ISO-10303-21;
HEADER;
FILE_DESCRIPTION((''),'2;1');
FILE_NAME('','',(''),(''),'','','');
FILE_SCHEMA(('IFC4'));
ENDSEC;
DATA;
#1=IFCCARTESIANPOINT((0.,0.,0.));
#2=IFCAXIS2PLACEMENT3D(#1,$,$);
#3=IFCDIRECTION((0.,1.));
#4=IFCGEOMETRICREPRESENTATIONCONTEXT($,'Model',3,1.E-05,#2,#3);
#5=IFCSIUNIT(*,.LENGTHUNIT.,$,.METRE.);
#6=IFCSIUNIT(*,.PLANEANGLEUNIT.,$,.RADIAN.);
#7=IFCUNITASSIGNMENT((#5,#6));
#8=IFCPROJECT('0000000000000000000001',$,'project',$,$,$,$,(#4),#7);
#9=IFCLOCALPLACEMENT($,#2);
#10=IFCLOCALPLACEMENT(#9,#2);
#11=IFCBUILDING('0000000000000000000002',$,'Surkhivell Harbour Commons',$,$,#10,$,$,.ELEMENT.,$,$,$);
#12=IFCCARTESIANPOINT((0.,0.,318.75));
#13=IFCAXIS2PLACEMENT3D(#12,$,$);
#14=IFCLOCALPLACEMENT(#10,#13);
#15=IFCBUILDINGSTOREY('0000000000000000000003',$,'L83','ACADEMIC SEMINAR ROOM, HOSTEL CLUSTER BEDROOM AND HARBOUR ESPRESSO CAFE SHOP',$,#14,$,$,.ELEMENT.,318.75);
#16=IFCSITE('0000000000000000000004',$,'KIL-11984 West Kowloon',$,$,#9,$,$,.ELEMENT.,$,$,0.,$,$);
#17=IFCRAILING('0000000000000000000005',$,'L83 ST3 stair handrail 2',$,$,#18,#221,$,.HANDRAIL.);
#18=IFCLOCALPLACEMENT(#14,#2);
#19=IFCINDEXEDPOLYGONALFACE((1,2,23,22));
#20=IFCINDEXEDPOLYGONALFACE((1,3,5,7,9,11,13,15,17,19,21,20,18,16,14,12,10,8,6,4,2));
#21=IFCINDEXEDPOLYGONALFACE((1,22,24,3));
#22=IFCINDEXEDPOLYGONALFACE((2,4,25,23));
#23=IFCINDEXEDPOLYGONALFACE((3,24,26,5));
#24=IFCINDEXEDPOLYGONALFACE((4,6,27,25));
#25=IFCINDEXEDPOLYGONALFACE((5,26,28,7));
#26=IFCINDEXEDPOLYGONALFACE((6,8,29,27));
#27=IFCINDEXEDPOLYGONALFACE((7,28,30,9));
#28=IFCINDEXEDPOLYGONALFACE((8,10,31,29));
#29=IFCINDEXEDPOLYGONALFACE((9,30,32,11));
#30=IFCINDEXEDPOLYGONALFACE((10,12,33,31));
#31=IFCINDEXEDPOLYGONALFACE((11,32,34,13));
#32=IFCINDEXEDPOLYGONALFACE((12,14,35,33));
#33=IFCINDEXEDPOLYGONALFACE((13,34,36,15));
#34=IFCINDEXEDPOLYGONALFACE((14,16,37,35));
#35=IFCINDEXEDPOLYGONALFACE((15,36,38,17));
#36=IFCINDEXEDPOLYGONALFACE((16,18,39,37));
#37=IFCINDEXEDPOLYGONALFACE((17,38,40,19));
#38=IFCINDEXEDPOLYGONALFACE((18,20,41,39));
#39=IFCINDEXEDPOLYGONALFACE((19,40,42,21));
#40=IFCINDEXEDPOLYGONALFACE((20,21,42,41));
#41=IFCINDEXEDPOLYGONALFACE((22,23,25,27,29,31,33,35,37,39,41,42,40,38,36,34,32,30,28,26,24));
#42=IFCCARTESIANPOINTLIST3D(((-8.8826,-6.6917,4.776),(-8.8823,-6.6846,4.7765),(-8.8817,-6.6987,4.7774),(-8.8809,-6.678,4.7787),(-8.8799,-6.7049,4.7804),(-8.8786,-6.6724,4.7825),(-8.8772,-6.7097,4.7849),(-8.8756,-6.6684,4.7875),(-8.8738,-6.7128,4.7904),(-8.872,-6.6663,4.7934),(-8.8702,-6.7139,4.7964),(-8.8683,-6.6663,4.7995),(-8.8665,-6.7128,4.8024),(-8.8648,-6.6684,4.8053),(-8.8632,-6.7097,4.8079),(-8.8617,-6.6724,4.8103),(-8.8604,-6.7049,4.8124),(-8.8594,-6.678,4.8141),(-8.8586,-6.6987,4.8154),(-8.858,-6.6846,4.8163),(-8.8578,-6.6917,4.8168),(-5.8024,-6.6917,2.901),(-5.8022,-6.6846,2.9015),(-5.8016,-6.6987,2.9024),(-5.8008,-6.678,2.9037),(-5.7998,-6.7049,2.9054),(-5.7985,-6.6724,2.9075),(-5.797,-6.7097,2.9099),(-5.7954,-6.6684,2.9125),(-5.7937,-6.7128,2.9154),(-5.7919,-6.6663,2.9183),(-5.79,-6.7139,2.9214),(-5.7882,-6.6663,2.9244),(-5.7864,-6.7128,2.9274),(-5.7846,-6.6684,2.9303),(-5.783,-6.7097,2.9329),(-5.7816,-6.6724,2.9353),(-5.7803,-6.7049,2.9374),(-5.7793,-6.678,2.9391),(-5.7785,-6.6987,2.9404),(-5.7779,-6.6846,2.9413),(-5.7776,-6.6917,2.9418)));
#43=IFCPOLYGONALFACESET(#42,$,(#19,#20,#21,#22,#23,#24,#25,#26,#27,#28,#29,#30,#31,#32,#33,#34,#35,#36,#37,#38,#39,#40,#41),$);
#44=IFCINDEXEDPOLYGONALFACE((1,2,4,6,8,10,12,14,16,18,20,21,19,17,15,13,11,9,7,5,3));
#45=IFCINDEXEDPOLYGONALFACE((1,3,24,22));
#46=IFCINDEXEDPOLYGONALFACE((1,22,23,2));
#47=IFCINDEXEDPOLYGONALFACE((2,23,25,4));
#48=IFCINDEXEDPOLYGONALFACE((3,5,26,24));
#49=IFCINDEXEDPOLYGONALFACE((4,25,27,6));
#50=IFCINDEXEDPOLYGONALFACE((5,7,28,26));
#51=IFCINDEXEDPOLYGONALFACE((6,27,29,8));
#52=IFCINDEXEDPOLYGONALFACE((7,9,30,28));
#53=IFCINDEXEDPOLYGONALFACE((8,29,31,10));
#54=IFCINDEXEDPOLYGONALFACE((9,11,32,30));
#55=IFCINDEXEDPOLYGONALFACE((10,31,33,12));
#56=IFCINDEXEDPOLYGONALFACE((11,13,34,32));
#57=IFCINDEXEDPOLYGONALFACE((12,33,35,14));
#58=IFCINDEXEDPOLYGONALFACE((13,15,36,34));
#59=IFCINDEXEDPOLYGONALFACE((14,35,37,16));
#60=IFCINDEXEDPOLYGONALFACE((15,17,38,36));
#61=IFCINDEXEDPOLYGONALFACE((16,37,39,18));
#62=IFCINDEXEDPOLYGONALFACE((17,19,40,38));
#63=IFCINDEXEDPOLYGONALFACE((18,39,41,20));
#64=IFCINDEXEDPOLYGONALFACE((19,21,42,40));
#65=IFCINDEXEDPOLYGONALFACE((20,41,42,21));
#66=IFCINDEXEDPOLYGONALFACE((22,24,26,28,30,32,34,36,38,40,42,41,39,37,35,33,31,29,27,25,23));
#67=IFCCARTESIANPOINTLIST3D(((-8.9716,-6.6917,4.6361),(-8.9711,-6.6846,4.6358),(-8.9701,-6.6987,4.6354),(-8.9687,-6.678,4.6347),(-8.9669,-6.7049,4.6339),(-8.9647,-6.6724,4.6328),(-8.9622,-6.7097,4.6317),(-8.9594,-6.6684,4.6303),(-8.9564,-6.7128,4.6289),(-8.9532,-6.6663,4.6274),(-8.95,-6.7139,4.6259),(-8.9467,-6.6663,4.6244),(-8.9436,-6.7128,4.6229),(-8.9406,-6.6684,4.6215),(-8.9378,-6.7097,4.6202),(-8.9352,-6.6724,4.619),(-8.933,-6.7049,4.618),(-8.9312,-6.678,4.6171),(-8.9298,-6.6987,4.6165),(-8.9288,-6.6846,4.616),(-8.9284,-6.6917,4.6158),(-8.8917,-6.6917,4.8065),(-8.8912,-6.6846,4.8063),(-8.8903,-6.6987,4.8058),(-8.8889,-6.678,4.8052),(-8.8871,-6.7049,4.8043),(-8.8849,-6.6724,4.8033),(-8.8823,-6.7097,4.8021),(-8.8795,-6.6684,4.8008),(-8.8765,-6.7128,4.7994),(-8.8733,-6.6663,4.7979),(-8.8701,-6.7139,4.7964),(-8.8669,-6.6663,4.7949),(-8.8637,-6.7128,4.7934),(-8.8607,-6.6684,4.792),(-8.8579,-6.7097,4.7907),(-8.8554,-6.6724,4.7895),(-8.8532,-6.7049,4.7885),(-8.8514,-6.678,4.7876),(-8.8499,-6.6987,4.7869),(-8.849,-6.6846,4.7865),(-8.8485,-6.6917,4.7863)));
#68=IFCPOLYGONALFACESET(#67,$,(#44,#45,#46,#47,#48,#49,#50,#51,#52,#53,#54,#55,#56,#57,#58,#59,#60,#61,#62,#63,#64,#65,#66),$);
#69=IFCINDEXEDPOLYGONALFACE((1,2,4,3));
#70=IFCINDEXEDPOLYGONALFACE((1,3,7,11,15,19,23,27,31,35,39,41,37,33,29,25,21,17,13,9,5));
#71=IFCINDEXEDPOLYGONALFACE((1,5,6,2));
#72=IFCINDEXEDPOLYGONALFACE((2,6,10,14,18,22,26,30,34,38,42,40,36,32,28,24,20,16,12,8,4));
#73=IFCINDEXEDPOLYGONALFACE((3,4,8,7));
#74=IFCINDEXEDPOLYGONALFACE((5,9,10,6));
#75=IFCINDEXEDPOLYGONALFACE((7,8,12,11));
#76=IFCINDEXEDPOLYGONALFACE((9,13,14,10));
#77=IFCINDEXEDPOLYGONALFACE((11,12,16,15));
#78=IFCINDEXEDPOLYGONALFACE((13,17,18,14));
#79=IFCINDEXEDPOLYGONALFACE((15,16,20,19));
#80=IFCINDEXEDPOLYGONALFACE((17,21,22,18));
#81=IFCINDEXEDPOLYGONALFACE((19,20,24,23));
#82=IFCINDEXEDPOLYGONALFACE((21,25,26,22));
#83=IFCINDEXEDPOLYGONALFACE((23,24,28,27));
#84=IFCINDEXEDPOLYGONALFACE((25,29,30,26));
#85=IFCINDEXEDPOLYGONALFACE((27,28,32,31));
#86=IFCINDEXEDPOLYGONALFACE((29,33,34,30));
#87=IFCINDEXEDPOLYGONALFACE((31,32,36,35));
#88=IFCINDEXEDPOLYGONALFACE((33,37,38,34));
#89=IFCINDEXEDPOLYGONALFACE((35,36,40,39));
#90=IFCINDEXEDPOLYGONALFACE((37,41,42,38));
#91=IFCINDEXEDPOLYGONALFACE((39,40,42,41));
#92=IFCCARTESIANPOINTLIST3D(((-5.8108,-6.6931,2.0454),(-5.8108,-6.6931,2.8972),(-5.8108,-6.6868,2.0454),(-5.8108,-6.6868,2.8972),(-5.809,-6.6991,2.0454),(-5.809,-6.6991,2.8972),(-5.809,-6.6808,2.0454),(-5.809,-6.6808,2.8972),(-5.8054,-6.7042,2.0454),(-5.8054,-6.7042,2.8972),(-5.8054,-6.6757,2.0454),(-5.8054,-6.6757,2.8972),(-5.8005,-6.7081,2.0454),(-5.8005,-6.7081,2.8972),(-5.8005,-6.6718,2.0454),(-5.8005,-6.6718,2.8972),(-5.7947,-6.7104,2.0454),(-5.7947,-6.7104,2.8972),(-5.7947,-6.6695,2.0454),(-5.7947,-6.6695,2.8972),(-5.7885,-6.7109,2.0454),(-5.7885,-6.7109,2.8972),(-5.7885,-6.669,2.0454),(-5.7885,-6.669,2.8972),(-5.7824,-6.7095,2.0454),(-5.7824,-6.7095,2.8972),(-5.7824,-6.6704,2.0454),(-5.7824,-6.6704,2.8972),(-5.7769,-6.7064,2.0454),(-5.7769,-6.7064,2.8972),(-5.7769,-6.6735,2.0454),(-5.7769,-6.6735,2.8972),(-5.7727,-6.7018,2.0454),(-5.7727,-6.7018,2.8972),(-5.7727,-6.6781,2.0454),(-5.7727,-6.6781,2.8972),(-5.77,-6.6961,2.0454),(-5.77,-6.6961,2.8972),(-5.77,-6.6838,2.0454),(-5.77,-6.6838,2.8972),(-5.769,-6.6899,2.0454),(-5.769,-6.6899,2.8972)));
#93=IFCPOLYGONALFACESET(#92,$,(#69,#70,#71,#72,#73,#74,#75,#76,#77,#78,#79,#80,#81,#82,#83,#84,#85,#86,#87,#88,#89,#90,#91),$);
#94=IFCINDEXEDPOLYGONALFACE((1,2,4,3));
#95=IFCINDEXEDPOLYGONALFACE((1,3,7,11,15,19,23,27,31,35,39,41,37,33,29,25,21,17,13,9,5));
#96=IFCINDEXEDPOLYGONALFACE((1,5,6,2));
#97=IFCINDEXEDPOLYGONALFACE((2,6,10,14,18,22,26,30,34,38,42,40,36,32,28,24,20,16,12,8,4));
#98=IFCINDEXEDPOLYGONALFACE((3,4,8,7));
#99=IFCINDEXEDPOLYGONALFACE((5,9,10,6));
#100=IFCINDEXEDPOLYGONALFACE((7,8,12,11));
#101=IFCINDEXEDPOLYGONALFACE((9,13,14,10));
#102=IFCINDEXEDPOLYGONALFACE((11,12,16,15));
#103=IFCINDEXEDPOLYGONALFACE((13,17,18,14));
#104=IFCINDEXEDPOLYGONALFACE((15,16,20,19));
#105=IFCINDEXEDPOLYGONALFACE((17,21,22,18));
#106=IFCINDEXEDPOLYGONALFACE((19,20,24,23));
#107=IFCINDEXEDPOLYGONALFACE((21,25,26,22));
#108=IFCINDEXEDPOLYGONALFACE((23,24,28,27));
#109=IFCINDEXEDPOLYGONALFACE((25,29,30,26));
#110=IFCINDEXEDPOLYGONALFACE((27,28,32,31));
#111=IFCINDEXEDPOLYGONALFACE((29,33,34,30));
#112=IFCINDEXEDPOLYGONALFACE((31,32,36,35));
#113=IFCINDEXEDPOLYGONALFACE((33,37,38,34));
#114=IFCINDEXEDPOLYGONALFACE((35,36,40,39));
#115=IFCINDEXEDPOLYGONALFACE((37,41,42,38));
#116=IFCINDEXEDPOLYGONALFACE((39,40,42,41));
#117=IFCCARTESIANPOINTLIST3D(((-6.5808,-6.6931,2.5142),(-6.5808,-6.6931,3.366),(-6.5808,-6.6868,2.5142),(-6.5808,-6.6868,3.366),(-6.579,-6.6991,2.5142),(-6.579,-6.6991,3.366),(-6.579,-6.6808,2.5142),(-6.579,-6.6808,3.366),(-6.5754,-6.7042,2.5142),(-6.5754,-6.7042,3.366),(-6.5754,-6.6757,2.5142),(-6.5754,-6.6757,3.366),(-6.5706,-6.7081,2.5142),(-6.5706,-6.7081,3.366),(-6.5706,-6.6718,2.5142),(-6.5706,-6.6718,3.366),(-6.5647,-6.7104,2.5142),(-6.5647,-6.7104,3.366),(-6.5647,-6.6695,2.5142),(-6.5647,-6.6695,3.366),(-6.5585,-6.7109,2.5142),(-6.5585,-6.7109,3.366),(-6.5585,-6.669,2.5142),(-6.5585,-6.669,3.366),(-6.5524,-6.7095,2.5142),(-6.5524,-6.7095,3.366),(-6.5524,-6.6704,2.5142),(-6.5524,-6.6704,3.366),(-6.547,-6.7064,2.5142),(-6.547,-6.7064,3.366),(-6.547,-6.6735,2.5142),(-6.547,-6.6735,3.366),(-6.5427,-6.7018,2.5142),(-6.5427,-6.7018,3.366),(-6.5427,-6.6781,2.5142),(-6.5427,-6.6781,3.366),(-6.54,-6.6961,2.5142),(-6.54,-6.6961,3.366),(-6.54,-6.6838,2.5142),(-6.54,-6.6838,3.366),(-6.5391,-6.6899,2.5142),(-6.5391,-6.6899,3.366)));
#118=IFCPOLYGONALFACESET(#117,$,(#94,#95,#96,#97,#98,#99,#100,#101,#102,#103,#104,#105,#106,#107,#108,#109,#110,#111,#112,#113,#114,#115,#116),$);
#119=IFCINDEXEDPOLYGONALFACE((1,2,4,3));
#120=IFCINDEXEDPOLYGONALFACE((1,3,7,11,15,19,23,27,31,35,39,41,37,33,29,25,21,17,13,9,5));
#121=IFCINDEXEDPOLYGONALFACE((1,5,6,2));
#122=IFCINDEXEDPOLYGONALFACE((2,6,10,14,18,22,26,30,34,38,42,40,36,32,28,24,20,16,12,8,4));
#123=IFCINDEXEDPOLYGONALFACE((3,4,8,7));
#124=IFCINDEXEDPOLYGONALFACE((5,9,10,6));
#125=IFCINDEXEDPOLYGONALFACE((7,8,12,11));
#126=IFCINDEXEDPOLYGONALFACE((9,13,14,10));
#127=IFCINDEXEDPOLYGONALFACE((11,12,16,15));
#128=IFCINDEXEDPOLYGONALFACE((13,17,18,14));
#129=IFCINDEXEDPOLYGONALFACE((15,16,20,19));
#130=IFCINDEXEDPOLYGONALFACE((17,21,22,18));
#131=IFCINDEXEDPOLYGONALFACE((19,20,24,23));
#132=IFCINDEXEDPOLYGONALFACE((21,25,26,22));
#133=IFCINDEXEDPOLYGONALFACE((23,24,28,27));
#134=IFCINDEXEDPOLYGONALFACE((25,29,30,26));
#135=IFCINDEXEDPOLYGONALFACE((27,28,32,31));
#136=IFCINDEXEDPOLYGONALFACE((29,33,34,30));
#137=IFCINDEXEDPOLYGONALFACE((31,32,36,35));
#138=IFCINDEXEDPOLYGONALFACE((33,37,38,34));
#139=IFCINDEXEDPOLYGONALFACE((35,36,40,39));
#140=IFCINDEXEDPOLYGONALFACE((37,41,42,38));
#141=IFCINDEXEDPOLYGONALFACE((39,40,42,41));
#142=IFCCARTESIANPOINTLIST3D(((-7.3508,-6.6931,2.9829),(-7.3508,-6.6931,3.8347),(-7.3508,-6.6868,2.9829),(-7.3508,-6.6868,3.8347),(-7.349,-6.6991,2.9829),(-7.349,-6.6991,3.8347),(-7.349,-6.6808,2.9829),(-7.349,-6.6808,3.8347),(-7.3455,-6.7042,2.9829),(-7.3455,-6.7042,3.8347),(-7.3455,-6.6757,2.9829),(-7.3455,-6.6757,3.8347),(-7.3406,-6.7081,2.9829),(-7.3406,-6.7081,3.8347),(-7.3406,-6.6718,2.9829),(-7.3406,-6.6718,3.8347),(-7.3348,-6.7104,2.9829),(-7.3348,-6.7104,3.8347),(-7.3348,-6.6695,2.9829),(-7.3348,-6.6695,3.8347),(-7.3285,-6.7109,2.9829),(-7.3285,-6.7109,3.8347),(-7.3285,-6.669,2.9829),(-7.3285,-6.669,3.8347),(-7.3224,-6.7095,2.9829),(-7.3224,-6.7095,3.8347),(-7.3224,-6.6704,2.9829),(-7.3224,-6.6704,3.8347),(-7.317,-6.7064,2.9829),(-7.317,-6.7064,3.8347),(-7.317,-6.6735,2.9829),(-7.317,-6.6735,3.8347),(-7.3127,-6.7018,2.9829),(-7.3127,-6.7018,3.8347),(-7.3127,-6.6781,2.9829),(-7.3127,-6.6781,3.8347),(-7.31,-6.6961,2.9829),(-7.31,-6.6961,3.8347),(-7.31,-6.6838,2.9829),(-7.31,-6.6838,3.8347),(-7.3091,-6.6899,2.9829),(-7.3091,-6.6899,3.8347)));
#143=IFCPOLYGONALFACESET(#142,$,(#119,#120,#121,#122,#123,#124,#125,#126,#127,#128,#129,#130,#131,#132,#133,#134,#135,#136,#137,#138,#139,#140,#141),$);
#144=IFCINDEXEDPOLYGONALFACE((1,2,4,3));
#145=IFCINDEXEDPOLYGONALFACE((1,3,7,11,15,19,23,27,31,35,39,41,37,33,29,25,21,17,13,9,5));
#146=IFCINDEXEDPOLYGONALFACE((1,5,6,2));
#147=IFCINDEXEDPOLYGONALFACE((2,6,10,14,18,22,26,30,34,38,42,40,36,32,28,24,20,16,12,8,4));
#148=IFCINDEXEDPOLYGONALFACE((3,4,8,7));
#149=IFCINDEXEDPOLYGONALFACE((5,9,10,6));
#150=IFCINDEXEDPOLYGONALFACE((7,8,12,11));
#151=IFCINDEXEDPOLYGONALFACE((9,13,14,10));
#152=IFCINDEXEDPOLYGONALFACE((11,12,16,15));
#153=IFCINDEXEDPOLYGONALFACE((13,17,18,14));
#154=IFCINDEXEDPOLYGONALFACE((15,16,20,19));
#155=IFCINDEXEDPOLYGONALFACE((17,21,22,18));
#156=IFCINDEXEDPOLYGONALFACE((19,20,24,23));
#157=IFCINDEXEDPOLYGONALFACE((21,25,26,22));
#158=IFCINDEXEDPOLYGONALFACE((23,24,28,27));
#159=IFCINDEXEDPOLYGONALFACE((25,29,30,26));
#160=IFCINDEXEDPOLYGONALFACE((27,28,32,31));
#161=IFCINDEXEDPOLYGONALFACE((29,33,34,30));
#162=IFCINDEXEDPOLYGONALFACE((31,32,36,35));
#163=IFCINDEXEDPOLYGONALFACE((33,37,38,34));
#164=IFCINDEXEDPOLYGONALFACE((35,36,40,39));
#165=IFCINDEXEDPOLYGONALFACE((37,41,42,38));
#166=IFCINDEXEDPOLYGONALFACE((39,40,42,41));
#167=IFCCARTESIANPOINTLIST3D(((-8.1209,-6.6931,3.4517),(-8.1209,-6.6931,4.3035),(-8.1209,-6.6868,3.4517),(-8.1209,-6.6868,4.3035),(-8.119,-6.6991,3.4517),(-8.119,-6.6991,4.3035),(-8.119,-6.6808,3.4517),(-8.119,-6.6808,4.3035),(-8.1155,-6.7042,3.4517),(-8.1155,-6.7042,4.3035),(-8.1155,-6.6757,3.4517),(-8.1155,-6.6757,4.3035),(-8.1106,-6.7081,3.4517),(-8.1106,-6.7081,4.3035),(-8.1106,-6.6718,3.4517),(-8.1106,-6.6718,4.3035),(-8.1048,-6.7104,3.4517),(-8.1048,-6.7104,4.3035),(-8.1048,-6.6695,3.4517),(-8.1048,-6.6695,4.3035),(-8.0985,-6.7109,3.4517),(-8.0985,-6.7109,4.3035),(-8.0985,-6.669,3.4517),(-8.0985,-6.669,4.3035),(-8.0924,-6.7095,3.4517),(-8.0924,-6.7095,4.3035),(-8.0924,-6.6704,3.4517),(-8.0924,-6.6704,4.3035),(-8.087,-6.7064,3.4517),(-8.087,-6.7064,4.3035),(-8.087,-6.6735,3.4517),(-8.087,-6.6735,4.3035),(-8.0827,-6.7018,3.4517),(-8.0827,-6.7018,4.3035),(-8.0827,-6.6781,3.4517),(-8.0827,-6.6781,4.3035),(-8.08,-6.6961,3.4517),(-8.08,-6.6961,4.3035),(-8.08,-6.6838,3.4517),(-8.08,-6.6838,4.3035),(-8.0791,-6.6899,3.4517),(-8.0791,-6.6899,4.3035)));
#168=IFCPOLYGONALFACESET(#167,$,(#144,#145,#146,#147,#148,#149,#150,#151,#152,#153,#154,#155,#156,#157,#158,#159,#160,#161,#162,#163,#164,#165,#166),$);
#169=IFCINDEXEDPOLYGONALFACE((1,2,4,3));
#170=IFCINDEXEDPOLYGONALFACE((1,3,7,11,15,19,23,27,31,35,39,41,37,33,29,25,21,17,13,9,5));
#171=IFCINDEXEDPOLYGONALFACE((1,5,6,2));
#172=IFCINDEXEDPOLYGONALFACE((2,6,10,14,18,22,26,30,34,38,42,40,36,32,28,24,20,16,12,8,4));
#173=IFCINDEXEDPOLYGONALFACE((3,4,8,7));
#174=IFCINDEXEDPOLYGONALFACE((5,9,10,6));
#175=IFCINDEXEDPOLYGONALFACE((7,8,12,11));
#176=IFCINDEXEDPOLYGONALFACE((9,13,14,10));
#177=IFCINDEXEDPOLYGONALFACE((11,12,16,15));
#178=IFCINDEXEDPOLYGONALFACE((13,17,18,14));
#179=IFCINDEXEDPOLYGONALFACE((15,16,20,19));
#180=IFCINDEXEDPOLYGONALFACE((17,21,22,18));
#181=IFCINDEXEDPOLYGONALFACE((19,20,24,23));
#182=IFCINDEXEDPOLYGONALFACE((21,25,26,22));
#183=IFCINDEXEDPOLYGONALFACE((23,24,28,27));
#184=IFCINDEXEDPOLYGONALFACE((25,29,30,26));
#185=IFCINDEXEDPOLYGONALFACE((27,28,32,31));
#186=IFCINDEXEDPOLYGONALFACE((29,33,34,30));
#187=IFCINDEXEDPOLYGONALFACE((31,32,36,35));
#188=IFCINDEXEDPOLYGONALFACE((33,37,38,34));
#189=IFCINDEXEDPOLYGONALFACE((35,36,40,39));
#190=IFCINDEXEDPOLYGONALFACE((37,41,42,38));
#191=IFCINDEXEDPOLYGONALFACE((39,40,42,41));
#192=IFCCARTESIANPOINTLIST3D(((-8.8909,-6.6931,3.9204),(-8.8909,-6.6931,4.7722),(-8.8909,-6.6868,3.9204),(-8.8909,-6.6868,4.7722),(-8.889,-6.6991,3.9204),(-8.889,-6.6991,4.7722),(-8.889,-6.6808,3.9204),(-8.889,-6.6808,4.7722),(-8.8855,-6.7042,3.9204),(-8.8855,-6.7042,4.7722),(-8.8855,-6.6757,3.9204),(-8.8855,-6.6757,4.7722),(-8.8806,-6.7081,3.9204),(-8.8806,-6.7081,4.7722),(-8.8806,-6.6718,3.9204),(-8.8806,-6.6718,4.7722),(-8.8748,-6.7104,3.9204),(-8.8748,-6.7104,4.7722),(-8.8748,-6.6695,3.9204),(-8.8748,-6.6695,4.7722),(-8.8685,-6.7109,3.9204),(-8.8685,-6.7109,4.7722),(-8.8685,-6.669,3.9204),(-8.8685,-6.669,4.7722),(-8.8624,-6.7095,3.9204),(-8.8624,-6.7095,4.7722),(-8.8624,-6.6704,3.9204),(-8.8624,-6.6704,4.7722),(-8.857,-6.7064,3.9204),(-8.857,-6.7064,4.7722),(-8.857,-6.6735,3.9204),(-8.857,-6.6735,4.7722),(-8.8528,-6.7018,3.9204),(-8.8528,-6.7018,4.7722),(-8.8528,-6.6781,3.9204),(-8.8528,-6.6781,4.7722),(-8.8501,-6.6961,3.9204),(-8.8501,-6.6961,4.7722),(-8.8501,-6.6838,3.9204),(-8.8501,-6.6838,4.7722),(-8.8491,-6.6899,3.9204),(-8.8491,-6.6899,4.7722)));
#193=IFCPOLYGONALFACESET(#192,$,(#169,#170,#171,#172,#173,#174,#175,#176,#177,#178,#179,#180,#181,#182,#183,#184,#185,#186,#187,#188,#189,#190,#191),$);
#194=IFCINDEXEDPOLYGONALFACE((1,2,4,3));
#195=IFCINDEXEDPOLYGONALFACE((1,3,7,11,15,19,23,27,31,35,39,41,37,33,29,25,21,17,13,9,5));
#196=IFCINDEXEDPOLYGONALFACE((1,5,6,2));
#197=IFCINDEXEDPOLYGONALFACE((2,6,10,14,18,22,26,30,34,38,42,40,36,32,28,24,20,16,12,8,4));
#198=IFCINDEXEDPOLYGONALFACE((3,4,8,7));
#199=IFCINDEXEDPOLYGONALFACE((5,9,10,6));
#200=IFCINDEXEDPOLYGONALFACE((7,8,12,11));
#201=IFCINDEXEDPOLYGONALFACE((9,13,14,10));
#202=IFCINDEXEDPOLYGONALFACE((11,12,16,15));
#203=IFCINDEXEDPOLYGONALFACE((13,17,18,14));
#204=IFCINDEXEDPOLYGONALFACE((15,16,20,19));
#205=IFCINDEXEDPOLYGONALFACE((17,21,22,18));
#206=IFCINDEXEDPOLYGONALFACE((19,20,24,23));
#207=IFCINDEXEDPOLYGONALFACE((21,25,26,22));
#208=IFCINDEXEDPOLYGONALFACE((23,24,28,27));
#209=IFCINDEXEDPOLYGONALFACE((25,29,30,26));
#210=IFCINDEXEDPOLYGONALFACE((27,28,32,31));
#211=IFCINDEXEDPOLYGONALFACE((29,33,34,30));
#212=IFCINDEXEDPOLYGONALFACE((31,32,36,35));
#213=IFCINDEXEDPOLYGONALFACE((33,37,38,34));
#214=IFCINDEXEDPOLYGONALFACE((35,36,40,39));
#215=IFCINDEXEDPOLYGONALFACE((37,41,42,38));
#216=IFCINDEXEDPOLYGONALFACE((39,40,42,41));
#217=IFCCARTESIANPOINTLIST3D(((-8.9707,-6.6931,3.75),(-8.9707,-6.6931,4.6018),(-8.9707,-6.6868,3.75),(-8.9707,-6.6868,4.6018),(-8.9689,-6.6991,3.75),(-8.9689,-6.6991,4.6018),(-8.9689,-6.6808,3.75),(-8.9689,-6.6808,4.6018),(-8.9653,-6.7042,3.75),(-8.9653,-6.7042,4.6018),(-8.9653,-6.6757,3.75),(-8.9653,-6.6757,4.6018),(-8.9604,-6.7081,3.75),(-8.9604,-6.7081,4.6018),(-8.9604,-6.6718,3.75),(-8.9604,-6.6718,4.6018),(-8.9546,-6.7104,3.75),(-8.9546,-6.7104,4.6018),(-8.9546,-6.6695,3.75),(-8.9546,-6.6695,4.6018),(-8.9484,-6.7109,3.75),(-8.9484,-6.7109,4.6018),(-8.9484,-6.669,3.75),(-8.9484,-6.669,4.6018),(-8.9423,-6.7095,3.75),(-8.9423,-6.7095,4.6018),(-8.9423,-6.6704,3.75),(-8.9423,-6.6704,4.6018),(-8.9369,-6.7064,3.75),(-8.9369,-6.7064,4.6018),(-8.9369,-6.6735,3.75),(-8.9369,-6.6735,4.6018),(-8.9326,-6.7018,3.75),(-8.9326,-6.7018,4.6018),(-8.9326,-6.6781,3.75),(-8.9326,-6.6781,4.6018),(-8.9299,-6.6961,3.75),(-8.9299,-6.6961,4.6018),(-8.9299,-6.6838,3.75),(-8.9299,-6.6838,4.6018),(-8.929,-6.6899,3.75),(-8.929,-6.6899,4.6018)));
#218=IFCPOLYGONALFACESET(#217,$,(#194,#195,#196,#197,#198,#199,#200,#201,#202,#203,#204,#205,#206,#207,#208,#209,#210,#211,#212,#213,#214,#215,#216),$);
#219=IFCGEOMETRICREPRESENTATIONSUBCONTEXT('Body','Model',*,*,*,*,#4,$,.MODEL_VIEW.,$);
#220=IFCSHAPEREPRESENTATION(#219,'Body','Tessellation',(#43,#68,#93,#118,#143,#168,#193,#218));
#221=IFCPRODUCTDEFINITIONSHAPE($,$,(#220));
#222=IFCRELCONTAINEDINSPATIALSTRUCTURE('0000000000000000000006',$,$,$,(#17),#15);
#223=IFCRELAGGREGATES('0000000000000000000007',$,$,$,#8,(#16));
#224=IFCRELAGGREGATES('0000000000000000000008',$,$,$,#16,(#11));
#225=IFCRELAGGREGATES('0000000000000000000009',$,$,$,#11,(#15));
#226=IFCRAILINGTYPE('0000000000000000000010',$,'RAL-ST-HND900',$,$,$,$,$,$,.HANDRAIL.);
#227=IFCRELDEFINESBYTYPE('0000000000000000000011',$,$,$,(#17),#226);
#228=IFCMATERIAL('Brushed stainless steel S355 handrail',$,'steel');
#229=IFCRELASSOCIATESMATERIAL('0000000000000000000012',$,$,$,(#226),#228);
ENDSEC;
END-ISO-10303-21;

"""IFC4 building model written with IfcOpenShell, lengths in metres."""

from ifc_helpers import new_model, si_unit, direction, frame, origin, origin_2d, place, context, subcontext, project, spatial, circle, extrude, material, type_object, element, save


model = new_model("IFC4")

# Units and contexts
model_context = context("Model", 3, precision=1e-05, world=origin(), true_north=direction((0.0, 1.0)))
body_context = subcontext(model_context, "Body", "Model", "MODEL_VIEW")
ifc_project = project(units=[si_unit("LENGTHUNIT", "METRE"), si_unit("PLANEANGLEUNIT", "RADIAN")], contexts=[model_context])

# Site, building, storey
site_placement = place(None, origin())
site = spatial("IfcSite", under=ifc_project, at=site_placement, Name="KIL-11984 West Kowloon", CompositionType="ELEMENT", RefElevation=0.0)
building_placement = place(site_placement, origin())
building = spatial("IfcBuilding", under=site, at=building_placement, Name="Surkhivell Harbour Commons", CompositionType="ELEMENT")
storey_placement = place(building_placement, frame((0.0, 0.0, 318.75)))
storey = spatial("IfcBuildingStorey", under=building, at=storey_placement, Name="L83", Description="ACADEMIC SEMINAR ROOM, HOSTEL CLUSTER BEDROOM AND HARBOUR ESPRESSO CAFE SHOP", CompositionType="ELEMENT", Elevation=318.75)

# Railing
ifc_material_1 = material(Name="Brushed stainless steel S355 handrail", Category="steel")
railing_type = type_object("IfcRailingType", Name="RAL-ST-HND900", PredefinedType="HANDRAIL", material=ifc_material_1)
railing_placement = place(storey_placement, frame((-5.79, -6.6899, 2.0454)))
element("IfcRailing", 1, at=railing_placement, inside=storey, type_object=railing_type, Name="L83 ST3 stair handrail 2", PredefinedType="HANDRAIL", context=body_context, shape_type="SweptSolid", body=[
    extrude(circle(Radius=0.0239, at=origin_2d()), frame((0.0, 0.0, 0.876), z_axis=(-0.854178, 0.0, 0.519981), x_axis=(0.0, -1.0, 0.0)), (0.0, 0.0, 1.0), 3.606),
    extrude(circle(Radius=0.0239, at=origin_2d()), frame((-3.0801, 0.0, 2.751), z_axis=(-0.424234, 0.0, -0.905552), x_axis=(0.0, -1.0, 0.0)), (0.0, 0.0, 1.0), 0.1882),
    extrude(circle(Radius=0.021, at=origin_2d()), origin(), (0.0, 0.0, 1.0), 0.8518),
    extrude(circle(Radius=0.021, at=origin_2d()), frame((-0.77, 0.0, 0.4688)), (0.0, 0.0, 1.0), 0.8518),
    extrude(circle(Radius=0.021, at=origin_2d()), frame((-1.54, 0.0, 0.9375)), (0.0, 0.0, 1.0), 0.8518),
    extrude(circle(Radius=0.021, at=origin_2d()), frame((-2.3101, 0.0, 1.4062)), (0.0, 0.0, 1.0), 0.8518),
    extrude(circle(Radius=0.021, at=origin_2d()), frame((-3.0801, 0.0, 1.875)), (0.0, 0.0, 1.0), 0.8518),
    extrude(circle(Radius=0.021, at=origin_2d()), frame((-3.1599, 0.0, 1.7046)), (0.0, 0.0, 1.0), 0.8518),
])

save(model, "model.ifc")
